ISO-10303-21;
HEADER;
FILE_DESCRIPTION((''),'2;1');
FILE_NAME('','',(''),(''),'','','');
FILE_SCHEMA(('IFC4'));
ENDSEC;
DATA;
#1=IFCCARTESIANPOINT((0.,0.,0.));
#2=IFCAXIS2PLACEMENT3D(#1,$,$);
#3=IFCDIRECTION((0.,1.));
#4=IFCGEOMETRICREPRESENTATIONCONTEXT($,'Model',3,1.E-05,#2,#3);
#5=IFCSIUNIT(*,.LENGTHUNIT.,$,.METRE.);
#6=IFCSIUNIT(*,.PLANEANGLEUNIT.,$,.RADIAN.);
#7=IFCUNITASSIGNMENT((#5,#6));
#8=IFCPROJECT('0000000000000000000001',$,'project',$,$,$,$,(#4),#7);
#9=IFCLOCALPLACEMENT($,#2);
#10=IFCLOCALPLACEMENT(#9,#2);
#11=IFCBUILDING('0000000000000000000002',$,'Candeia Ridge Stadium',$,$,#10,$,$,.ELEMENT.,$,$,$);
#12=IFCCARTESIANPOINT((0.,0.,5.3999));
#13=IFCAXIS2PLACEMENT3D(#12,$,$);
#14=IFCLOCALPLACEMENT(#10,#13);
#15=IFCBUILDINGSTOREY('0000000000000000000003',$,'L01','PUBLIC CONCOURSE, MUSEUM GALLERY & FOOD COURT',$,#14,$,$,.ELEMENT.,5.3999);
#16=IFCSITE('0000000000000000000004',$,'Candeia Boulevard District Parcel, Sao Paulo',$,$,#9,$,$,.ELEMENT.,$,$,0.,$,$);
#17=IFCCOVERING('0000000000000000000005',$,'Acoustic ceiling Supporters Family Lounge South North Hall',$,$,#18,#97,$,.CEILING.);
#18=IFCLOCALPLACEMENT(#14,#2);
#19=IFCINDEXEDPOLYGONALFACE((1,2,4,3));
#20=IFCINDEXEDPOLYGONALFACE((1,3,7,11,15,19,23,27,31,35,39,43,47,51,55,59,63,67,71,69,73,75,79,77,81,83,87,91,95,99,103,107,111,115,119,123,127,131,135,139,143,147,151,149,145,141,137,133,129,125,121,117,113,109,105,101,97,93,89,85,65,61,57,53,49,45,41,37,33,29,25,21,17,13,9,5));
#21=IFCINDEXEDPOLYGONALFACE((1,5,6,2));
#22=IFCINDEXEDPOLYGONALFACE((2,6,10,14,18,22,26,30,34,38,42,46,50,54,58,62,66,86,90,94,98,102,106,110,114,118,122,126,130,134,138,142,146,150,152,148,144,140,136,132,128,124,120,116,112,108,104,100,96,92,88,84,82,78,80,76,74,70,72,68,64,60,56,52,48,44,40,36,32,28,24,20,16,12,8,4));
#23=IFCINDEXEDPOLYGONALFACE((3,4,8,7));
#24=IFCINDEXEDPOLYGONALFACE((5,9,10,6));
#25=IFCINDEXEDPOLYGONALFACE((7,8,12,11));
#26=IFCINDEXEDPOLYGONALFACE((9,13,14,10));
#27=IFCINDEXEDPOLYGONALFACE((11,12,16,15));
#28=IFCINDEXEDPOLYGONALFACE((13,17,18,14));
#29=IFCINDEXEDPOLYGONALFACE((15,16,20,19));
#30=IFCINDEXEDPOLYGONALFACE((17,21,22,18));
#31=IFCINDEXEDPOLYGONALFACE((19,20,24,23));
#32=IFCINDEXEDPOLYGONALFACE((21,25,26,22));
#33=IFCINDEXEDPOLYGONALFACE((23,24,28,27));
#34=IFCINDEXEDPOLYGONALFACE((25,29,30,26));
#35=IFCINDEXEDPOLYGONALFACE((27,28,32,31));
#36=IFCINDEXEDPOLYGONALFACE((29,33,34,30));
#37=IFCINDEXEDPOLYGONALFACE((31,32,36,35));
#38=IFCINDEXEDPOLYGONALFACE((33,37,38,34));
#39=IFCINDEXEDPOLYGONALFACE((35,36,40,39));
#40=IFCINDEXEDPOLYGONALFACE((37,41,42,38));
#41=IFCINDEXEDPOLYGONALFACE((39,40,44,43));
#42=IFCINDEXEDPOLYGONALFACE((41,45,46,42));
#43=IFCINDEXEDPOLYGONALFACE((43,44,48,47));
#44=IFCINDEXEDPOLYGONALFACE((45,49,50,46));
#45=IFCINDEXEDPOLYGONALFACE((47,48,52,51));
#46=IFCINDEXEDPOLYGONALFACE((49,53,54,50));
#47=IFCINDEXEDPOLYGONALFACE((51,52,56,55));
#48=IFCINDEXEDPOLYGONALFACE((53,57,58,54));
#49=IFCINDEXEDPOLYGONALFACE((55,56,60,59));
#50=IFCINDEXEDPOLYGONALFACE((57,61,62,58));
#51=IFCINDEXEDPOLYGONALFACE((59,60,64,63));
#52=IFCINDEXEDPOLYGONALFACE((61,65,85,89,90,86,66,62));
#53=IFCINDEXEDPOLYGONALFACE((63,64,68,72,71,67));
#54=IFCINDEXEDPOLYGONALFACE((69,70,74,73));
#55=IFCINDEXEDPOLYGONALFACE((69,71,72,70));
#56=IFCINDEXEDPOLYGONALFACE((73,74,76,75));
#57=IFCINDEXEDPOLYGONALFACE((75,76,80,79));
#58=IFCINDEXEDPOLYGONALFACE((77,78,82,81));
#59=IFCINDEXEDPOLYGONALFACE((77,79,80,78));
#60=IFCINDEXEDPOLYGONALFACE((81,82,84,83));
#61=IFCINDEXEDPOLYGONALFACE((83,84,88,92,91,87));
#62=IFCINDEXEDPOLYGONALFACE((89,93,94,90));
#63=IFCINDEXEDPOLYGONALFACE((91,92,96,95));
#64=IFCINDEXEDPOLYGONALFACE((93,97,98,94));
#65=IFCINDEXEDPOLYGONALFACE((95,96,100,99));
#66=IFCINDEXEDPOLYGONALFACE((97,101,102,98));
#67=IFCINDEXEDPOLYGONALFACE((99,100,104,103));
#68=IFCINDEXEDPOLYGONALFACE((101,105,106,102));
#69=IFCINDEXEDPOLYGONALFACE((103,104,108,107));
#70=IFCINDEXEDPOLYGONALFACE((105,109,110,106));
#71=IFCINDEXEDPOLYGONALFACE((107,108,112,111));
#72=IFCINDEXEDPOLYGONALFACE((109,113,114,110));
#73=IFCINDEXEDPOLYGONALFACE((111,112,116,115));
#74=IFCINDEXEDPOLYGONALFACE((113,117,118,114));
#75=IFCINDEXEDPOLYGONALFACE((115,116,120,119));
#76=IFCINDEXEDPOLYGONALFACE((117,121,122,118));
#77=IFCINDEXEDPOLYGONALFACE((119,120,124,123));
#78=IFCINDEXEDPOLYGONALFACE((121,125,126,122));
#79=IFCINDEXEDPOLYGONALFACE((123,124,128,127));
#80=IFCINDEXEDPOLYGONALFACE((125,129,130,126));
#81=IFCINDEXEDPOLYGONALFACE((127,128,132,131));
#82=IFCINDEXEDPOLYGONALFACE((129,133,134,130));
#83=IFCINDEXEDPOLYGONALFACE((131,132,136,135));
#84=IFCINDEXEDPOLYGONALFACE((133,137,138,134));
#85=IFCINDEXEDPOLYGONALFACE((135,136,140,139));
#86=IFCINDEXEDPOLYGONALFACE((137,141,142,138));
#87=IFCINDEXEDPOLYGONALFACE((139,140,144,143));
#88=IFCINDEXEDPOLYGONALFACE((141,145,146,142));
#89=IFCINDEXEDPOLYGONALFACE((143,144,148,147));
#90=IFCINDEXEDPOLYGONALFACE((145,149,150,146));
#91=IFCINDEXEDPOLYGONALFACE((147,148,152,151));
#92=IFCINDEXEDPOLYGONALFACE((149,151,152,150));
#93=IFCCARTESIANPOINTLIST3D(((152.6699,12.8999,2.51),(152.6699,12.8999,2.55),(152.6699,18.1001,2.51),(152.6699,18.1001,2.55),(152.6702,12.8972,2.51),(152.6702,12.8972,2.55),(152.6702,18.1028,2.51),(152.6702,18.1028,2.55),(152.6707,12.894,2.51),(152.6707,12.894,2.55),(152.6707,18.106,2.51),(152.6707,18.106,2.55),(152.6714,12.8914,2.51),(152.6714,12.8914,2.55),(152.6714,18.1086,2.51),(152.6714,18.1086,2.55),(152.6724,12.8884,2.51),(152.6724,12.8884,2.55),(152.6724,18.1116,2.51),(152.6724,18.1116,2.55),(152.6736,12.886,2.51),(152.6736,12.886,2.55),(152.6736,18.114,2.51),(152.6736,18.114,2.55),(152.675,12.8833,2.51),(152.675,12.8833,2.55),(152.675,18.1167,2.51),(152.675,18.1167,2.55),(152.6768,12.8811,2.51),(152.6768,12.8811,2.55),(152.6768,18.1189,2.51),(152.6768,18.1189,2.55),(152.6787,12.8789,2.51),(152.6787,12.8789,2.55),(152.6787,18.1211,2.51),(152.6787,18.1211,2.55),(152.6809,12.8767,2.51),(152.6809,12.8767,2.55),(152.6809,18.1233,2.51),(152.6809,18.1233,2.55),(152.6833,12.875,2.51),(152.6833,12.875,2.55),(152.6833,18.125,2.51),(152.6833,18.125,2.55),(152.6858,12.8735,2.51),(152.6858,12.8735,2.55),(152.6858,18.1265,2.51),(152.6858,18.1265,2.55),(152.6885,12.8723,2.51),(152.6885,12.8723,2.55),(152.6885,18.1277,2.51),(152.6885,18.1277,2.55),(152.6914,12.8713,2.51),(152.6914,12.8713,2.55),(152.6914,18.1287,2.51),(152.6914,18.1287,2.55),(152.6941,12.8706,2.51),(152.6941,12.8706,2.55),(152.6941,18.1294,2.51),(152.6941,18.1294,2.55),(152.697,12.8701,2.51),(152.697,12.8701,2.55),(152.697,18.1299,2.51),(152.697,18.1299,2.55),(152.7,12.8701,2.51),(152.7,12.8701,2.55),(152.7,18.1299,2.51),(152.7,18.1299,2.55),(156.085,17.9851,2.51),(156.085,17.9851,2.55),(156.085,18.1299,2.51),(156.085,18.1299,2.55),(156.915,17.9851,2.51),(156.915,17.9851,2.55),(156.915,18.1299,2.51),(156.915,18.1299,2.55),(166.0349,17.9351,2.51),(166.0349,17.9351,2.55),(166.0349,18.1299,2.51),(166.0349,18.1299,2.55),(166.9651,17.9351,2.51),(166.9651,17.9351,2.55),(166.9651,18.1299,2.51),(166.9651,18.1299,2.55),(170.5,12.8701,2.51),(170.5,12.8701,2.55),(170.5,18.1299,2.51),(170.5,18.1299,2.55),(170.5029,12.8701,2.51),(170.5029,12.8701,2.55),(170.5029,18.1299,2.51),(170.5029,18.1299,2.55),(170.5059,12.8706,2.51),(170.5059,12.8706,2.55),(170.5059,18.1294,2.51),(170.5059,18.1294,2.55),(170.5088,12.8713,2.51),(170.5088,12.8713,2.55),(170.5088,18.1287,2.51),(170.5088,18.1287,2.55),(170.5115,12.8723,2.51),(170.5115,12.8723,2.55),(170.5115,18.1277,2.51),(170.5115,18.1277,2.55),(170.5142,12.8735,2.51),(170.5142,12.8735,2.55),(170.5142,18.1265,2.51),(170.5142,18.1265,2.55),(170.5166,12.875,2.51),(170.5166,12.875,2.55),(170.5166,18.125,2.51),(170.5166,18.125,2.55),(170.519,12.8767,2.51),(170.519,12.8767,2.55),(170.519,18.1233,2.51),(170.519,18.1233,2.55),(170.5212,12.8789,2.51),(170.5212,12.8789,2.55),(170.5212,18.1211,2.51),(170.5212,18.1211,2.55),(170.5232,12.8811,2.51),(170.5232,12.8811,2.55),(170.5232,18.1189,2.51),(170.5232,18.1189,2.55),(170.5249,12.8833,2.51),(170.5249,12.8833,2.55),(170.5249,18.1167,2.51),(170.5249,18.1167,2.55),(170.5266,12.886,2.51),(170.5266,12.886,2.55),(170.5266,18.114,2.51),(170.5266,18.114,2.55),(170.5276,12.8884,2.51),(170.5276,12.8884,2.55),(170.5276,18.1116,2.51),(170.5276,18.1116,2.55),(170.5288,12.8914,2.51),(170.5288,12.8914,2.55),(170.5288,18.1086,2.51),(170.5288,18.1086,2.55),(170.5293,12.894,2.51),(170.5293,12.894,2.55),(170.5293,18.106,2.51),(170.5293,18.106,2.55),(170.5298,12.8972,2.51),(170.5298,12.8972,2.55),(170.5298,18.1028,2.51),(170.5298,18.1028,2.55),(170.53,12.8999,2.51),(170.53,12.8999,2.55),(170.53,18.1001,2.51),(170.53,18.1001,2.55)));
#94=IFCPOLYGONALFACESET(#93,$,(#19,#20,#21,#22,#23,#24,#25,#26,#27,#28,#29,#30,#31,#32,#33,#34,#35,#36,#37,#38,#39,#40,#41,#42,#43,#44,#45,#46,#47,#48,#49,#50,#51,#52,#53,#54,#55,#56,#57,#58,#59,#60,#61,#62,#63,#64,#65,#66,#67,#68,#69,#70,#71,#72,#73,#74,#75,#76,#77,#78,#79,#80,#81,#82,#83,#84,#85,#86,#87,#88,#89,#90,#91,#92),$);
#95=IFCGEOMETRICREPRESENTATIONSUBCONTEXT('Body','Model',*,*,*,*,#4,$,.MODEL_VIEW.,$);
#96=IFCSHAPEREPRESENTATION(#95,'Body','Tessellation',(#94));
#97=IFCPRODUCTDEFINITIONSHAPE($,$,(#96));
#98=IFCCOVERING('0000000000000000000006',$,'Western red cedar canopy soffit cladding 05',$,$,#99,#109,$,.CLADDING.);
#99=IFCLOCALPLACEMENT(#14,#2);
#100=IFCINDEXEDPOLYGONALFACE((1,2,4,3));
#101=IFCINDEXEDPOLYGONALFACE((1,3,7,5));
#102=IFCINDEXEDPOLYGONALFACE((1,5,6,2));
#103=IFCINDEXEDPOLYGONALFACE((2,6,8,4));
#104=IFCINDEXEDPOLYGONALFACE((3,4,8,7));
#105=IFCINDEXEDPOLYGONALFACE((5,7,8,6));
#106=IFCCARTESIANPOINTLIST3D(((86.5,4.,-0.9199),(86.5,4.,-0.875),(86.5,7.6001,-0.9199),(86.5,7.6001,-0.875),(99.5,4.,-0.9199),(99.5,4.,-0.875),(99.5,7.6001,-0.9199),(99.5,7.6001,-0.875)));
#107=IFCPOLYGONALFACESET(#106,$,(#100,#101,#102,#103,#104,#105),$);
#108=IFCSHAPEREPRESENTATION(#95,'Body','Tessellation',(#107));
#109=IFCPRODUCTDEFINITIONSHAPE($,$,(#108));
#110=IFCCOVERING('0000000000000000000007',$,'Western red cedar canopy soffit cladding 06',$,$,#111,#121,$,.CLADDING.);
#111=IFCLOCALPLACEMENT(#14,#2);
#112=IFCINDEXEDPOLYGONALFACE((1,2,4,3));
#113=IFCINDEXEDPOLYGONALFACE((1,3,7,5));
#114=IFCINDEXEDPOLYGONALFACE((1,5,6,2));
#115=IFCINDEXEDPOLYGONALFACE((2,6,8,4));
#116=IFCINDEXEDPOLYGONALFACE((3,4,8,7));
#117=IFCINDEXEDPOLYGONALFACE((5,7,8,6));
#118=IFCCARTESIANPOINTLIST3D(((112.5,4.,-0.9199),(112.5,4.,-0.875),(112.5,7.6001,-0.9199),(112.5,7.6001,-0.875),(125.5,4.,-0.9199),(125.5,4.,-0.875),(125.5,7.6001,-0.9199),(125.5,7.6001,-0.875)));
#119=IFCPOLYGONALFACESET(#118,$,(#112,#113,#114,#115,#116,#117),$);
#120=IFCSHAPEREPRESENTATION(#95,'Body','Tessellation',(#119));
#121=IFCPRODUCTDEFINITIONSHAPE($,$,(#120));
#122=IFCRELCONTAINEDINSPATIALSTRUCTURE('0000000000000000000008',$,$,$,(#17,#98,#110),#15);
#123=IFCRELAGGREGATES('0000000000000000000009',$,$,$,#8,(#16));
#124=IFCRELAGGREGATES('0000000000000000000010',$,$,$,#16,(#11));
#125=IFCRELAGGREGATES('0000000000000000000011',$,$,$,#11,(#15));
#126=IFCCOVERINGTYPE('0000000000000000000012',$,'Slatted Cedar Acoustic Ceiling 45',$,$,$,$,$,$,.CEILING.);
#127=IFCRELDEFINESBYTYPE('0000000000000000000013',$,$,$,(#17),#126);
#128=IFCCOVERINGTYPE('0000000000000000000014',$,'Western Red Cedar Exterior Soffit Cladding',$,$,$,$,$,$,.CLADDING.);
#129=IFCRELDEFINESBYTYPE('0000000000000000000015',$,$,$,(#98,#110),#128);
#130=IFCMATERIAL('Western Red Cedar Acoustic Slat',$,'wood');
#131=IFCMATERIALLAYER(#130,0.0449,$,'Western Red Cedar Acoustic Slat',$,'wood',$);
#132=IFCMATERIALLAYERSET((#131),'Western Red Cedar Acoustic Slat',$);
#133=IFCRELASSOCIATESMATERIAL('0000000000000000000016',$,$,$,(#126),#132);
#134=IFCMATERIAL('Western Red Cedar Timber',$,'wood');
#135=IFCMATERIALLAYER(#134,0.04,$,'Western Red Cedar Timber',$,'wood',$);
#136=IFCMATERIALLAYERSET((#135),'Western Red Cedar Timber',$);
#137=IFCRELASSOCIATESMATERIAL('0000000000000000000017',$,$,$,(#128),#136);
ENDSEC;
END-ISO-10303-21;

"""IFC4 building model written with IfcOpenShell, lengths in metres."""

from ifc_helpers import new_model, si_unit, direction, frame, origin, place, context, subcontext, project, spatial, polyline, outline, extrude, material, layer, layer_set, type_object, element, save


model = new_model("IFC4")

# Units and contexts
model_context = context("Model", 3, precision=1e-05, world=origin(), true_north=direction((0.0, 1.0)))
body_context = subcontext(model_context, "Body", "Model", "MODEL_VIEW")
ifc_project = project(units=[si_unit("LENGTHUNIT", "METRE"), si_unit("PLANEANGLEUNIT", "RADIAN")], contexts=[model_context])

# Site, building, storey
site_placement = place(None, origin())
site = spatial("IfcSite", under=ifc_project, at=site_placement, Name="Candeia Boulevard District Parcel, Sao Paulo", CompositionType="ELEMENT", RefElevation=0.0)
building_placement = place(site_placement, origin())
building = spatial("IfcBuilding", under=site, at=building_placement, Name="Candeia Ridge Stadium", CompositionType="ELEMENT")
storey_placement = place(building_placement, frame((0.0, 0.0, 5.3999)))
storey = spatial("IfcBuildingStorey", under=building, at=storey_placement, Name="L01", Description="PUBLIC CONCOURSE, MUSEUM GALLERY & FOOD COURT", CompositionType="ELEMENT", Elevation=5.3999)

# Covering
ifc_material_1 = material(Name="Western Red Cedar Acoustic Slat", Category="wood")
ifc_layer_1 = layer(ifc_material_1, 0.0449, Name="Western Red Cedar Acoustic Slat", Category="wood")
ifc_layer_set_1 = layer_set([ifc_layer_1], Name="Western Red Cedar Acoustic Slat")
covering_type_1 = type_object("IfcCoveringType", Name="Slatted Cedar Acoustic Ceiling 45", PredefinedType="CEILING", material=ifc_layer_set_1)
covering_1_placement = place(storey_placement, frame((0.0, 0.0, 2.51)))
element("IfcCovering", 1, at=covering_1_placement, inside=storey, type_object=covering_type_1, Name="Acoustic ceiling Supporters Family Lounge South North Hall", PredefinedType="CEILING", context=body_context, shape_type="SweptSolid", body=[
    extrude(outline(polyline([(152.6941, 12.8706), (152.6914, 12.8713), (152.6885, 12.8723), (152.6858, 12.8735), (152.6833, 12.875), (152.6809, 12.8767), (152.6787, 12.8789), (152.6768, 12.8811), (152.675, 12.8833), (152.6736, 12.886), (152.6724, 12.8884), (152.6714, 12.8914), (152.6707, 12.894), (152.6702, 12.8972), (152.6699, 12.8999), (152.6699, 18.1001), (152.6702, 18.1028), (152.6707, 18.106), (152.6714, 18.1086), (152.6724, 18.1116), (152.6736, 18.114), (152.675, 18.1167), (152.6768, 18.1189), (152.6787, 18.1211), (152.6809, 18.1233), (152.6833, 18.125), (152.6858, 18.1265), (152.6885, 18.1277), (152.6914, 18.1287), (152.6941, 18.1294), (152.697, 18.1299), (152.7, 18.1299), (156.085, 18.1299), (156.085, 17.9851), (156.915, 17.9851), (156.915, 18.1299), (166.0349, 18.1299), (166.0349, 17.9351), (166.9651, 17.9351), (166.9651, 18.1299), (170.5, 18.1299), (170.5029, 18.1299), (170.5059, 18.1294), (170.5088, 18.1287), (170.5115, 18.1277), (170.5142, 18.1265), (170.5166, 18.125), (170.519, 18.1233), (170.5212, 18.1211), (170.5232, 18.1189), (170.5249, 18.1167), (170.5266, 18.114), (170.5276, 18.1116), (170.5288, 18.1086), (170.5293, 18.106), (170.5298, 18.1028), (170.53, 18.1001), (170.53, 12.8999), (170.5298, 12.8972), (170.5293, 12.894), (170.5288, 12.8914), (170.5276, 12.8884), (170.5266, 12.886), (170.5249, 12.8833), (170.5232, 12.8811), (170.5212, 12.8789), (170.519, 12.8767), (170.5166, 12.875), (170.5142, 12.8735), (170.5115, 12.8723), (170.5088, 12.8713), (170.5059, 12.8706), (170.5029, 12.8701), (170.5, 12.8701), (152.7, 12.8701), (152.697, 12.8701), (152.6941, 12.8706)])), origin(), (0.0, 0.0, 1.0), 0.04),
])

# Coverings
ifc_material_2 = material(Name="Western Red Cedar Timber", Category="wood")
ifc_layer_2 = layer(ifc_material_2, 0.04, Name="Western Red Cedar Timber", Category="wood")
ifc_layer_set_2 = layer_set([ifc_layer_2], Name="Western Red Cedar Timber")
covering_type_2 = type_object("IfcCoveringType", Name="Western Red Cedar Exterior Soffit Cladding", PredefinedType="CLADDING", material=ifc_layer_set_2)
covering_2_placement = place(storey_placement, frame((0.0, 0.0, -0.9199)))
element("IfcCovering", 2, at=covering_2_placement, inside=storey, type_object=covering_type_2, Name="Western red cedar canopy soffit cladding 05", PredefinedType="CLADDING", context=body_context, shape_type="SweptSolid", body=[
    extrude(outline(polyline([(86.5, 4.0), (99.5, 4.0), (99.5, 7.6001), (86.5, 7.6001), (86.5, 4.0)])), origin(), (0.0, 0.0, 1.0), 0.0449),
])
covering_3_placement = place(storey_placement, frame((0.0, 0.0, -0.9199)))
element("IfcCovering", 3, at=covering_3_placement, inside=storey, type_object=covering_type_2, Name="Western red cedar canopy soffit cladding 06", PredefinedType="CLADDING", context=body_context, shape_type="SweptSolid", body=[
    extrude(outline(polyline([(112.5, 4.0), (125.5, 4.0), (125.5, 7.6001), (112.5, 7.6001), (112.5, 4.0)])), origin(), (0.0, 0.0, 1.0), 0.0449),
])

save(model, "model.ifc")
